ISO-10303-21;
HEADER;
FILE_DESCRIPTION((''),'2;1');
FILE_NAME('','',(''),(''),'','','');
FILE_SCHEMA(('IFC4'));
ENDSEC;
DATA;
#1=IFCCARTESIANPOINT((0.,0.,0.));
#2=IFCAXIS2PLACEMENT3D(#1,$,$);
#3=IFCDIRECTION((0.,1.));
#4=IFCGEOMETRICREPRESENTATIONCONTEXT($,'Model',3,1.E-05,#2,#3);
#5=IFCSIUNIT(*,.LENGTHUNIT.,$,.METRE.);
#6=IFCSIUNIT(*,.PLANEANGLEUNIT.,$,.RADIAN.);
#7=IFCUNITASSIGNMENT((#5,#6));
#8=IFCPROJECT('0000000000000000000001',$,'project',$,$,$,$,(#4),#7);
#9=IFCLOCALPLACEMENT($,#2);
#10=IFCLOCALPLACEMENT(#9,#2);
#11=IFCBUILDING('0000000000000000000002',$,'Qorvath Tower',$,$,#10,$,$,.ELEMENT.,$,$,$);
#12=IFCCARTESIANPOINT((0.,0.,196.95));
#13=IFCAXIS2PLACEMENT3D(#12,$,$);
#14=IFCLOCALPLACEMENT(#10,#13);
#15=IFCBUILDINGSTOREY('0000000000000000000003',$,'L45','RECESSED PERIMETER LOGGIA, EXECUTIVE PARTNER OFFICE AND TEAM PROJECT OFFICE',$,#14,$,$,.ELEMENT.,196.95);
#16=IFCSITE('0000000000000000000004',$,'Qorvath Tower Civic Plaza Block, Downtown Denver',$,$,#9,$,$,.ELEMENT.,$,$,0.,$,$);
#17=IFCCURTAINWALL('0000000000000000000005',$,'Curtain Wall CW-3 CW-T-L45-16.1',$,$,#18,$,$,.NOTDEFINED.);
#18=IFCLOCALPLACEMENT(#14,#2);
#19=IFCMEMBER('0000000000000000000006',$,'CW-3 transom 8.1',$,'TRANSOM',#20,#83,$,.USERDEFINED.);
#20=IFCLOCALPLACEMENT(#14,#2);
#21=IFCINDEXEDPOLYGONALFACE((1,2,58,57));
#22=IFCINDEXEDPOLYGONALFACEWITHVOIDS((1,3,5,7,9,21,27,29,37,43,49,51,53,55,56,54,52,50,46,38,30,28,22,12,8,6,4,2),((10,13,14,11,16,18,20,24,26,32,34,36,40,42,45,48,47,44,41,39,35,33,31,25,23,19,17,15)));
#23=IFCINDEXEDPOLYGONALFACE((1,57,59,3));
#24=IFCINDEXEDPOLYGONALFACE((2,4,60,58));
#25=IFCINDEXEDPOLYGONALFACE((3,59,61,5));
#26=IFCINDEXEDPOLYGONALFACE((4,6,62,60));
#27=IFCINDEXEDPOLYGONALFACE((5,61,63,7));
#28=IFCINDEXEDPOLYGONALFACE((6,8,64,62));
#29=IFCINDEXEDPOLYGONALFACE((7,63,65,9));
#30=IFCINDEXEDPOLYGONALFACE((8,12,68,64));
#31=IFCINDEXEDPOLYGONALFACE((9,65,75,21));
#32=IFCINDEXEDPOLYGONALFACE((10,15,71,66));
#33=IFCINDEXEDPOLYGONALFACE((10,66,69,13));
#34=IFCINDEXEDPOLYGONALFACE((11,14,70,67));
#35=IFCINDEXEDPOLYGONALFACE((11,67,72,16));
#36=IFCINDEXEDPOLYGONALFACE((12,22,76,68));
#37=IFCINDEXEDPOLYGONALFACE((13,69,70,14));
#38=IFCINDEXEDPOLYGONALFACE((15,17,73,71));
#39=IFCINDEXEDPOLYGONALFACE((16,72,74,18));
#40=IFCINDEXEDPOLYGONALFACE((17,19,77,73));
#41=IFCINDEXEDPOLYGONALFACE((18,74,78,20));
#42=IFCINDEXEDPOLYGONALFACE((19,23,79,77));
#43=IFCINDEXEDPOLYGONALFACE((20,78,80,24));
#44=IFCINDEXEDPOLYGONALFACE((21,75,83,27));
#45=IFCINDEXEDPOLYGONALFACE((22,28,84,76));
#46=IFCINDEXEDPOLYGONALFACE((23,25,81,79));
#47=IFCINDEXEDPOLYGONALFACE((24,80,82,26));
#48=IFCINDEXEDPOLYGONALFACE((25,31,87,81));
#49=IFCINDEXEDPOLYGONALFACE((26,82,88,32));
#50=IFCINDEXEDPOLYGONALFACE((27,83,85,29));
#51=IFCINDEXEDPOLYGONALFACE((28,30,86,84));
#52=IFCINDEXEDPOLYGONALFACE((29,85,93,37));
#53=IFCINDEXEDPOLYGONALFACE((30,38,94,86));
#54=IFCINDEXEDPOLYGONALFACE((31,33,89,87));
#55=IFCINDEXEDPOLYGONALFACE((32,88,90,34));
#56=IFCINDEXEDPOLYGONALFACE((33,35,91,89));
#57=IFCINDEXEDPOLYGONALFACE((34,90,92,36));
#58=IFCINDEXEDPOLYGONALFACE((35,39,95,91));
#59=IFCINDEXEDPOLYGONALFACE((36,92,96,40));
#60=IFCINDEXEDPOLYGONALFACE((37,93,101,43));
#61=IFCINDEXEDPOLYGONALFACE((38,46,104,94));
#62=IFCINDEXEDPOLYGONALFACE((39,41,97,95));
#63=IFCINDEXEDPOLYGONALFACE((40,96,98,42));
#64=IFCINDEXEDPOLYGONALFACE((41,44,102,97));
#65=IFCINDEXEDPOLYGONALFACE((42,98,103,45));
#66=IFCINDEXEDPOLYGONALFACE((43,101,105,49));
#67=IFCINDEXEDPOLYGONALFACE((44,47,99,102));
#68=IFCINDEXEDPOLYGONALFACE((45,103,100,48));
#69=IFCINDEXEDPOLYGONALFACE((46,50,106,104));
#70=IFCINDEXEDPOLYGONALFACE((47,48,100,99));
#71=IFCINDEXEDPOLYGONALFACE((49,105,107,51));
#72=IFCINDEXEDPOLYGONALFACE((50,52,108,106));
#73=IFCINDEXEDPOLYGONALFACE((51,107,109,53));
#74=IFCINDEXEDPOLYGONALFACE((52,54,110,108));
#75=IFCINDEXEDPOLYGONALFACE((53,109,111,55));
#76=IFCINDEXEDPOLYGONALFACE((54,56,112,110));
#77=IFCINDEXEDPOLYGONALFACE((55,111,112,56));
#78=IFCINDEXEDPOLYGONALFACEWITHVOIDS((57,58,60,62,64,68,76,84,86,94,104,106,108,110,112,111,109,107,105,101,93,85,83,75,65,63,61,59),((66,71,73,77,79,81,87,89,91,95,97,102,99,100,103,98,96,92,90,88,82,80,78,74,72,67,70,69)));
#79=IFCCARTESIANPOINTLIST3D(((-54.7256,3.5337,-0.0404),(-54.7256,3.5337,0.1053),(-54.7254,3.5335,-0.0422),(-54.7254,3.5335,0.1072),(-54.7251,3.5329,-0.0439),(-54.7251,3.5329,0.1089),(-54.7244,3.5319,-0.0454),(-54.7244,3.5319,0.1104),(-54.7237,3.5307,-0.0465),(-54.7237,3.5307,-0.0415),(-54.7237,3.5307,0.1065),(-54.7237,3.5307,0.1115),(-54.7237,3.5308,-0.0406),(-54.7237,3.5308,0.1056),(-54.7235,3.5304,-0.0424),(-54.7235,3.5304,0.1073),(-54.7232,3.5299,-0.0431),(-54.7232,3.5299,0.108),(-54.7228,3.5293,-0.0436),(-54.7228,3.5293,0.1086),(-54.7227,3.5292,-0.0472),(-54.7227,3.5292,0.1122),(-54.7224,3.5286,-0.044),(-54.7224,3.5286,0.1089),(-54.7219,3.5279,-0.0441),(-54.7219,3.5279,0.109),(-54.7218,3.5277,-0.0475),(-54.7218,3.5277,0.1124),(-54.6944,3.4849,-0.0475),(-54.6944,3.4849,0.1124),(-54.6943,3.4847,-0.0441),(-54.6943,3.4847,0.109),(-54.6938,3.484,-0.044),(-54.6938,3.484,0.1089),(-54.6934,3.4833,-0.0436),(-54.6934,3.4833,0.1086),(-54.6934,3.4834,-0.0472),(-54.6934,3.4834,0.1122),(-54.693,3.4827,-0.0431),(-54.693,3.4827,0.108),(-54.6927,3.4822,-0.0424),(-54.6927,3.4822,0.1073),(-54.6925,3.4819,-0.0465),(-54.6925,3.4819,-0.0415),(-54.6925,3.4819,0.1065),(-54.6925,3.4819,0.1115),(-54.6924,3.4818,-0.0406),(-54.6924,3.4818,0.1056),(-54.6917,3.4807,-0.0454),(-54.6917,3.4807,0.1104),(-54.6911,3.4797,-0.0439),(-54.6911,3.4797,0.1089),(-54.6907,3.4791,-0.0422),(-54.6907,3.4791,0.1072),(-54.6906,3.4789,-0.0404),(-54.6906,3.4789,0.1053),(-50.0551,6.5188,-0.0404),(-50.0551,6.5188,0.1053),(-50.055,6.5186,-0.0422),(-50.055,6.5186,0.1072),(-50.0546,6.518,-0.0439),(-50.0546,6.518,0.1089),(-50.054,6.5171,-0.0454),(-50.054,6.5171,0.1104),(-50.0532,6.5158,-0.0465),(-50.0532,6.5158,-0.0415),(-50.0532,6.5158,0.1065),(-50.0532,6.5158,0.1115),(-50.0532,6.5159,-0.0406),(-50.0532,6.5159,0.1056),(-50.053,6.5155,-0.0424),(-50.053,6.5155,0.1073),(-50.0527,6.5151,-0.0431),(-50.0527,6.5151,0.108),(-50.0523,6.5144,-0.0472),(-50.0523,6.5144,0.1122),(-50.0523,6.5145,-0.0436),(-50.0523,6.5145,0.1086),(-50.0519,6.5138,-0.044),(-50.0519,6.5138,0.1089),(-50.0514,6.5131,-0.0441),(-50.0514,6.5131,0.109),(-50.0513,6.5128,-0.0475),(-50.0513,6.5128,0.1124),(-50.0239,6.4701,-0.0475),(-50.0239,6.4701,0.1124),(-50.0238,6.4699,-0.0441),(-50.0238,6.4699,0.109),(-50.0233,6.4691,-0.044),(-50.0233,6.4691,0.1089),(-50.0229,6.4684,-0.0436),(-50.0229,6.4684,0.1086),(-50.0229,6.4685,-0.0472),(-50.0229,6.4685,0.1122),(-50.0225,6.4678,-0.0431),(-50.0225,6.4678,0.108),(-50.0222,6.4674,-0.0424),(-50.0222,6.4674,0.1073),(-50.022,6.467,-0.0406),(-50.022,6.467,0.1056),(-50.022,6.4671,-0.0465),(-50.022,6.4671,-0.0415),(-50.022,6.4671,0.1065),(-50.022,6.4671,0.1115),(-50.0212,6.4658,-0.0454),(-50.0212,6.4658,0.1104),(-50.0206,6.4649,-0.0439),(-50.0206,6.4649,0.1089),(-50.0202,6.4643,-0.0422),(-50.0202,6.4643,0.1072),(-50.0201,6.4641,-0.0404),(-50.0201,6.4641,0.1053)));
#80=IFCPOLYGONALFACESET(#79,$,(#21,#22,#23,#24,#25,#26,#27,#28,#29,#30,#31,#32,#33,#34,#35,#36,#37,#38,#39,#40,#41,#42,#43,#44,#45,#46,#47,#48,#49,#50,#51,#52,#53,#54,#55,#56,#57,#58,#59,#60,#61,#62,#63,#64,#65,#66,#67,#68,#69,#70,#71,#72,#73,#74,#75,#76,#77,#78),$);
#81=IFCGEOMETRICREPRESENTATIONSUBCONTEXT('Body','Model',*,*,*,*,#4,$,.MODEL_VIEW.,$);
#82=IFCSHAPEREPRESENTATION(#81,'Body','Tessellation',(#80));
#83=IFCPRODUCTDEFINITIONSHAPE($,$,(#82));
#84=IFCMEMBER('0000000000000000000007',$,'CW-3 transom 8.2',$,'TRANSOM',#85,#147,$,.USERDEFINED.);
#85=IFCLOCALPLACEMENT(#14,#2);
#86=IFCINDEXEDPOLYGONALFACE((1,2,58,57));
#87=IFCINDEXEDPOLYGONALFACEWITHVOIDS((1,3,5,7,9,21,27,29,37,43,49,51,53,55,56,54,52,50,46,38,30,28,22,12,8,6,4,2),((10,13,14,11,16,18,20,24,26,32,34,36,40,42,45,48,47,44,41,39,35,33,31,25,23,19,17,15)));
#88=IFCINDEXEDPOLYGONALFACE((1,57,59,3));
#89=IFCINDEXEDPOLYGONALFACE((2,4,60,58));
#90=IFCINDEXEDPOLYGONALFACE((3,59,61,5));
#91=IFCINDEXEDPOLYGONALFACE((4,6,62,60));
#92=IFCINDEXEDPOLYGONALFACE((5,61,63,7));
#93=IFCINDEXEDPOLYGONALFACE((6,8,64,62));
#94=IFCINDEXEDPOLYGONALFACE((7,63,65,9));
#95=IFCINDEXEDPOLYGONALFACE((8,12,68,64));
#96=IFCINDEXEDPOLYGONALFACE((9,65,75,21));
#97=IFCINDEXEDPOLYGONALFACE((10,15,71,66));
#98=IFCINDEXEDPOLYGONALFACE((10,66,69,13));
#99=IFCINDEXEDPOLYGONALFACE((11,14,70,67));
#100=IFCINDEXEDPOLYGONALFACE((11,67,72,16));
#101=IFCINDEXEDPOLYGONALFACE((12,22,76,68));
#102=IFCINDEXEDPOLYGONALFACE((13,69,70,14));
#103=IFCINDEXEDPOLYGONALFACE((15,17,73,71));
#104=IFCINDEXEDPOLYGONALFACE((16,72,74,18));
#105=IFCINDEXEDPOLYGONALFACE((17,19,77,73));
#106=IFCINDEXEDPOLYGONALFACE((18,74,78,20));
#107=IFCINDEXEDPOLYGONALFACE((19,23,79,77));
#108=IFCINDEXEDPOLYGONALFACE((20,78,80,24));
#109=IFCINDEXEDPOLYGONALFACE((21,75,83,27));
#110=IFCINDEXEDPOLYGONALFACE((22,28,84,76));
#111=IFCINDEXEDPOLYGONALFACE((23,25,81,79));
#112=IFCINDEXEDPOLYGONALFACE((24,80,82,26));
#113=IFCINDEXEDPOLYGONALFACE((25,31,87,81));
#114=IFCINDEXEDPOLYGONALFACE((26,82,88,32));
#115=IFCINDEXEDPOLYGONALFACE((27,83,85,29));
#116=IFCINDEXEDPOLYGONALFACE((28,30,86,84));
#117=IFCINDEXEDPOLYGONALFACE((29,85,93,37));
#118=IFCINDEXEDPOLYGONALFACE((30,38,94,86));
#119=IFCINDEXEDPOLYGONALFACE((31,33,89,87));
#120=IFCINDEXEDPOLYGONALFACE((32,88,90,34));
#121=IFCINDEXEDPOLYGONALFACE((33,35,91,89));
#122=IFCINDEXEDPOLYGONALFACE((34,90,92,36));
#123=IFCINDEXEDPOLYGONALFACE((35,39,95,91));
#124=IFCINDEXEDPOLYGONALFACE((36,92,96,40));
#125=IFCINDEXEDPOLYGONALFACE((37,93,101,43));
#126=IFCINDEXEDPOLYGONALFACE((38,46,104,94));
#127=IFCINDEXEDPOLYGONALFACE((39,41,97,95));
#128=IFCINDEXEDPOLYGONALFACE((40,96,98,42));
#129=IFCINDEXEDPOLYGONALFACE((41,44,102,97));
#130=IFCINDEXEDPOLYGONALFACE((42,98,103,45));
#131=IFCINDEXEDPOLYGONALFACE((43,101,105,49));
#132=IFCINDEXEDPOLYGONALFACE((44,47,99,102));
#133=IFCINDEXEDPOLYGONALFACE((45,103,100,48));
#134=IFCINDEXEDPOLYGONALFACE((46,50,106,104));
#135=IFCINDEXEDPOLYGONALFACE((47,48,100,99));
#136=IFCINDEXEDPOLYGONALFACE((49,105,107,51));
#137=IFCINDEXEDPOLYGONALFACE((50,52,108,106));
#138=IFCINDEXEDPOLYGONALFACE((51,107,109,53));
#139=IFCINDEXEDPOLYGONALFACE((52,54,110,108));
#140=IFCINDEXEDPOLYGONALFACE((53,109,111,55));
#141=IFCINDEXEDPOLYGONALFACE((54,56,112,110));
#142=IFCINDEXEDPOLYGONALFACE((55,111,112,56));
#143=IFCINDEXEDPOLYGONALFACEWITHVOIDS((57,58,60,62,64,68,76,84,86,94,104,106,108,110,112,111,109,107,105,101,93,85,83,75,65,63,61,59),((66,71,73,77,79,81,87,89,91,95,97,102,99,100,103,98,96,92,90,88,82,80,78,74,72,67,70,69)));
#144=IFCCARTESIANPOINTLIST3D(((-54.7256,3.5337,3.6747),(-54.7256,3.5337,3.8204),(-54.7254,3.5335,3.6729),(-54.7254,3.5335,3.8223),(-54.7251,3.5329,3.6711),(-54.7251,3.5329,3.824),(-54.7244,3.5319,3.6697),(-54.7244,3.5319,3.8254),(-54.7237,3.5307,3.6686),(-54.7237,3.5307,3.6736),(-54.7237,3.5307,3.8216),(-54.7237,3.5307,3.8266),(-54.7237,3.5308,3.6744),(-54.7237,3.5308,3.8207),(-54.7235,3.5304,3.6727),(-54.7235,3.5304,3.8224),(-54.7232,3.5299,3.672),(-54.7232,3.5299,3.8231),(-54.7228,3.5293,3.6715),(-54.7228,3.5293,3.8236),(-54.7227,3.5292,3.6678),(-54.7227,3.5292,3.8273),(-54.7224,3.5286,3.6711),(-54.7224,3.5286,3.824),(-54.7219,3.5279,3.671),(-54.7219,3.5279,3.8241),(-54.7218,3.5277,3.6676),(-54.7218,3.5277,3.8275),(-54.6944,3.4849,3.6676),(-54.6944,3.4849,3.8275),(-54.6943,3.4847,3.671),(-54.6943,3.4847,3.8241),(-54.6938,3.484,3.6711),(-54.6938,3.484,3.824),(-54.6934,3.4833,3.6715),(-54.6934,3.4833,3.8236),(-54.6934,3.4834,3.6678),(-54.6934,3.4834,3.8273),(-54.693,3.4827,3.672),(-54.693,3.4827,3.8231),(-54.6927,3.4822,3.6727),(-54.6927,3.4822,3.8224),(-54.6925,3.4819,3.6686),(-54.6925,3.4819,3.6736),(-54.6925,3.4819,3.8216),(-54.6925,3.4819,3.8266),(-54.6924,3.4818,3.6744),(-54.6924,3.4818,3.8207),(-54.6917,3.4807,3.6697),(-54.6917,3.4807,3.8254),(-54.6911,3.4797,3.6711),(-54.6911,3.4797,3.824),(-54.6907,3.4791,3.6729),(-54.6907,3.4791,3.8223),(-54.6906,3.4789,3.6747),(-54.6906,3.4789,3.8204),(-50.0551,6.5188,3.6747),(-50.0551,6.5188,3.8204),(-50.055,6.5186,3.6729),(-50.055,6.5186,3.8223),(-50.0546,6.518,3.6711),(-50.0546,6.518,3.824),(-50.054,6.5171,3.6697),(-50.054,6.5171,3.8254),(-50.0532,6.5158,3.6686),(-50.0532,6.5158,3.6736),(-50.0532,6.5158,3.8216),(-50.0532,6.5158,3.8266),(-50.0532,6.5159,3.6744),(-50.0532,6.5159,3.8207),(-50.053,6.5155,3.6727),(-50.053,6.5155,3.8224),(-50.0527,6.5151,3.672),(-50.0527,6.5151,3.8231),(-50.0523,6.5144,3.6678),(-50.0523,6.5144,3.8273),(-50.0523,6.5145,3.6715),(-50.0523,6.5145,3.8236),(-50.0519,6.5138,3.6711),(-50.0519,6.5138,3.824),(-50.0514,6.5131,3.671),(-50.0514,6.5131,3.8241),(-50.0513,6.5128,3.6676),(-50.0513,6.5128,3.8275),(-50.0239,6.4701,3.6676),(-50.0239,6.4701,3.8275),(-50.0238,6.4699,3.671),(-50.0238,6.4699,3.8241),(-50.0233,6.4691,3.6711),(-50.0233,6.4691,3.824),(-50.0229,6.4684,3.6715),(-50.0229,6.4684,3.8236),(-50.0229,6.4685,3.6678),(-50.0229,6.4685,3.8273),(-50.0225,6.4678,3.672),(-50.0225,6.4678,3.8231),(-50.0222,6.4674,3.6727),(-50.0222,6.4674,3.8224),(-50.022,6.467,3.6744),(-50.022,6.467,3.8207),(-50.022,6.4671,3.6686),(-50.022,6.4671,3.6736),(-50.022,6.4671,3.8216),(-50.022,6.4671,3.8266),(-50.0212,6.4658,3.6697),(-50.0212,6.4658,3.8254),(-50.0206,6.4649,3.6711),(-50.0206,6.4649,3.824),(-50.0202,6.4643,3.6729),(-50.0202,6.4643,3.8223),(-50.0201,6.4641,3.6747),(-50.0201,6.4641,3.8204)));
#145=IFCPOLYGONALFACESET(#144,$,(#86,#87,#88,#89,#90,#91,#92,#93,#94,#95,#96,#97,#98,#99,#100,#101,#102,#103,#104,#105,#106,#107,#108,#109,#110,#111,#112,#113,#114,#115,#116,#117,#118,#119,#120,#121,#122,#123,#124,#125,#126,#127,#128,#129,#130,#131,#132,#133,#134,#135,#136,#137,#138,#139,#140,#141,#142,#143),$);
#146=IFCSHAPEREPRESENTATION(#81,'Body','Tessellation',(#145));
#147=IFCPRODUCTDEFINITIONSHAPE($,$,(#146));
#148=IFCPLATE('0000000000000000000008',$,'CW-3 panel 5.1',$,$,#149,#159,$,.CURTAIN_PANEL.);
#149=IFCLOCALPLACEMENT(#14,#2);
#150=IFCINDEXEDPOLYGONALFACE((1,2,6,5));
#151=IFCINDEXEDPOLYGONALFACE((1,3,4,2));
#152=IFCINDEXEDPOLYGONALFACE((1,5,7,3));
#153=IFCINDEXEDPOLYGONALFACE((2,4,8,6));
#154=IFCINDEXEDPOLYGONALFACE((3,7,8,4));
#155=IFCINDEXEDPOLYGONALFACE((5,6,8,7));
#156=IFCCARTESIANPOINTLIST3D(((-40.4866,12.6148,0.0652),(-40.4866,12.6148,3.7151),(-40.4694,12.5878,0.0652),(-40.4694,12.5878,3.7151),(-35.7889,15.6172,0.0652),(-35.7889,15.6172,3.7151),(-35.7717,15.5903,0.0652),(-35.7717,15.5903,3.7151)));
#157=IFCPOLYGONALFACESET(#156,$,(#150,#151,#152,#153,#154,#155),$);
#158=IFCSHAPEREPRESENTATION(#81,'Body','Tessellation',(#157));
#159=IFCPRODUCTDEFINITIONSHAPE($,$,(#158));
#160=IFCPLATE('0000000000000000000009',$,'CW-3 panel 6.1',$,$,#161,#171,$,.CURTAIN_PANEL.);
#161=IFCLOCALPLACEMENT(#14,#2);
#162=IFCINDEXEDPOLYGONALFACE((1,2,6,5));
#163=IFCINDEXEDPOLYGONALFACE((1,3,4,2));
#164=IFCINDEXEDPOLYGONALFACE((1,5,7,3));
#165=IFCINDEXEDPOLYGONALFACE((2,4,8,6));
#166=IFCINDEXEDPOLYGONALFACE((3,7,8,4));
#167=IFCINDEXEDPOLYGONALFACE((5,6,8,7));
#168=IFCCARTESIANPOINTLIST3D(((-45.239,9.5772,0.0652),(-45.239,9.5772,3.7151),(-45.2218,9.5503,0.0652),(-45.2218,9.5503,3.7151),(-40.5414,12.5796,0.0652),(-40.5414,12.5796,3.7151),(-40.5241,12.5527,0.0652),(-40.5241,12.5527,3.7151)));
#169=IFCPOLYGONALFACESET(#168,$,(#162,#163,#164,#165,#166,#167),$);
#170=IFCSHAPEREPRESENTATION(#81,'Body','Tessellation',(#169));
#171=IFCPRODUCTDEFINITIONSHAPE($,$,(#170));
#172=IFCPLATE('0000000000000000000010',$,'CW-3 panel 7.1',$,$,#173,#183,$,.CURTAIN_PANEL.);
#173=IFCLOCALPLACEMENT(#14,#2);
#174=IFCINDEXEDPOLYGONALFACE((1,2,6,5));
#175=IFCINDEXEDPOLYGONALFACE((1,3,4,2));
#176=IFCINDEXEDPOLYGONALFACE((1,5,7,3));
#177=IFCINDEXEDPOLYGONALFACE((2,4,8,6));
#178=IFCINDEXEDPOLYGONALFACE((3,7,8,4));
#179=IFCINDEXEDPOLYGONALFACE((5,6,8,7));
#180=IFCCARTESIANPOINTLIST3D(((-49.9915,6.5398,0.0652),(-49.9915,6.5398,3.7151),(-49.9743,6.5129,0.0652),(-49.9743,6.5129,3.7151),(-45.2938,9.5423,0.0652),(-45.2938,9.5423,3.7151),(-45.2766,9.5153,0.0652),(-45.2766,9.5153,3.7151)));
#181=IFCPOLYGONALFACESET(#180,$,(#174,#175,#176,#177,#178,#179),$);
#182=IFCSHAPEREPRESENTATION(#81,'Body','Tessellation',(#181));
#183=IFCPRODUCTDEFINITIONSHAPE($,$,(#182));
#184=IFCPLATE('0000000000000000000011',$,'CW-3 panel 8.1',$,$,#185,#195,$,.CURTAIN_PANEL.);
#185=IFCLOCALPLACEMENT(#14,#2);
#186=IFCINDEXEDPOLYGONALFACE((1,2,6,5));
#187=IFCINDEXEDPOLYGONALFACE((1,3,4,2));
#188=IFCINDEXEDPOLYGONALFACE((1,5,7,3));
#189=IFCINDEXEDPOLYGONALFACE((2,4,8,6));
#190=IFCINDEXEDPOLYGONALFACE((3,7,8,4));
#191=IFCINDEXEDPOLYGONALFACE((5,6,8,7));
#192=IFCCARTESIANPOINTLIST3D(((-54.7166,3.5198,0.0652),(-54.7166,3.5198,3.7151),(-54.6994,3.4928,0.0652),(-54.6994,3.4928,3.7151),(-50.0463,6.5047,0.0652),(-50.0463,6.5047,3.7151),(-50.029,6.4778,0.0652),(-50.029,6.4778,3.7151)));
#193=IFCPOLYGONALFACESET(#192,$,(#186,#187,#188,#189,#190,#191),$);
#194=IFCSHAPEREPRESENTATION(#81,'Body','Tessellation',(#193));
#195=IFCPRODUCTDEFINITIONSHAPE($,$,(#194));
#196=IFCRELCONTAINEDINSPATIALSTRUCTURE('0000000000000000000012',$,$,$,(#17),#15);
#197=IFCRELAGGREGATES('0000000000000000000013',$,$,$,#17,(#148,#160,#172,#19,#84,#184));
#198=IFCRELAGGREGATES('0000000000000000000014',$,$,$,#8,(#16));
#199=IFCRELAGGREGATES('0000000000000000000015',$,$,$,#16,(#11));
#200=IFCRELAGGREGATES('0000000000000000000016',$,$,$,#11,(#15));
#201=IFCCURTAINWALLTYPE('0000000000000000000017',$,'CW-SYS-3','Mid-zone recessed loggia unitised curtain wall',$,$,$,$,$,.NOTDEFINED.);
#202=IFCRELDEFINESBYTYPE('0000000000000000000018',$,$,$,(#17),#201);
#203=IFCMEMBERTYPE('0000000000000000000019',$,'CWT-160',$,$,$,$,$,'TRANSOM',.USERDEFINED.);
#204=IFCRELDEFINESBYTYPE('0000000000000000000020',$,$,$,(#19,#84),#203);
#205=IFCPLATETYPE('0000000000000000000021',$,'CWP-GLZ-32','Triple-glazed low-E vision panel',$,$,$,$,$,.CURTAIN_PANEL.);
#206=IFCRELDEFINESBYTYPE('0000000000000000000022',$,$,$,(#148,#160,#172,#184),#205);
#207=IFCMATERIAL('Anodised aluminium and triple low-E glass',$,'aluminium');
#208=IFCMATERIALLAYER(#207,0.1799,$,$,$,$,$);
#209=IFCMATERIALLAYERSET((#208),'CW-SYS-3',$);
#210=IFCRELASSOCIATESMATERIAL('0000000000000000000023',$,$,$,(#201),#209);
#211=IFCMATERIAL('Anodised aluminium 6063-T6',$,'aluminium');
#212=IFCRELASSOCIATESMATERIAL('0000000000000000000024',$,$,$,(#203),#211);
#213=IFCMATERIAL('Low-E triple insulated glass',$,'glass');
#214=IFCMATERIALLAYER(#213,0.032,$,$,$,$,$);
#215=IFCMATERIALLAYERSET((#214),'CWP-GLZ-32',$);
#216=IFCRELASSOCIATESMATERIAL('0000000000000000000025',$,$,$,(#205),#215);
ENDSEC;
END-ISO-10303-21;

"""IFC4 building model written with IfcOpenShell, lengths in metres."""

from ifc_helpers import new_model, si_unit, direction, frame, origin, origin_2d, place, context, subcontext, project, spatial, rectangle, hollow_rectangle, extrude, material, layer, layer_set, material_profile, profile_set, type_object, element, aggregate, save


model = new_model("IFC4")

# Units and contexts
model_context = context("Model", 3, precision=1e-05, world=origin(), true_north=direction((0.0, 1.0)))
body_context = subcontext(model_context, "Body", "Model", "MODEL_VIEW")
ifc_project = project(units=[si_unit("LENGTHUNIT", "METRE"), si_unit("PLANEANGLEUNIT", "RADIAN")], contexts=[model_context])

# Site, building, storey
site_placement = place(None, origin())
site = spatial("IfcSite", under=ifc_project, at=site_placement, Name="Qorvath Tower Civic Plaza Block, Downtown Denver", CompositionType="ELEMENT", RefElevation=0.0)
building_placement = place(site_placement, origin())
building = spatial("IfcBuilding", under=site, at=building_placement, Name="Qorvath Tower", CompositionType="ELEMENT")
storey_placement = place(building_placement, frame((0.0, 0.0, 196.95)))
storey = spatial("IfcBuildingStorey", under=building, at=storey_placement, Name="L45", Description="RECESSED PERIMETER LOGGIA, EXECUTIVE PARTNER OFFICE AND TEAM PROJECT OFFICE", CompositionType="ELEMENT", Elevation=196.95)

# Curtain wall, members, plates
ifc_material_1 = material(Name="Anodised aluminium and triple low-E glass", Category="aluminium")
ifc_layer_1 = layer(ifc_material_1, 0.1799)
ifc_layer_set_1 = layer_set([ifc_layer_1], Name="CW-SYS-3")
curtain_wall_type = type_object("IfcCurtainWallType", Name="CW-SYS-3", Description="Mid-zone recessed loggia unitised curtain wall", PredefinedType="NOTDEFINED", material=ifc_layer_set_1)
curtain_wall_placement = place(storey_placement, origin())
curtain_wall = element("IfcCurtainWall", 1, at=curtain_wall_placement, inside=storey, type_object=curtain_wall_type, Name="Curtain Wall CW-3 CW-T-L45-16.1", PredefinedType="NOTDEFINED")
ifc_material_2 = material(Name="Anodised aluminium 6063-T6", Category="aluminium")
ifc_material_profile_1 = material_profile(ifc_material_2, hollow_rectangle(XDim=0.0649, YDim=0.1599, WallThickness=0.0034, InnerFilletRadius=0.0034, OuterFilletRadius=0.0071, at=origin_2d()), Name="CWT 160x65")
ifc_profile_set_1 = profile_set([ifc_material_profile_1], Name="Anodised aluminium 6063-T6")
member_type_1 = type_object("IfcMemberType", Name="CWT-160", ElementType="TRANSOM", PredefinedType="USERDEFINED", material=ifc_profile_set_1)
member_1_placement = place(storey_placement, frame((-50.0376, 6.4915, 0.0325), z_axis=(-0.842595, -0.538547, 0.0), x_axis=(0.538547, -0.842595, 0.0)))
member_1 = element("IfcMember", 2, at=member_1_placement, type_object=member_type_1, Name="CW-3 transom 8.1", ObjectType="TRANSOM", PredefinedType="USERDEFINED", context=body_context, shape_type="SweptSolid", body=[
    extrude(hollow_rectangle(XDim=0.0649, YDim=0.1599, WallThickness=0.0034, InnerFilletRadius=0.0034, OuterFilletRadius=0.0071, at=origin_2d()), origin(), (0.0, 0.0, 1.0), 5.543),
])
member_2_placement = place(storey_placement, frame((-50.0376, 6.4915, 3.7476), z_axis=(-0.842595, -0.538547, 0.0), x_axis=(0.538547, -0.842595, 0.0)))
member_2 = element("IfcMember", 3, at=member_2_placement, type_object=member_type_1, Name="CW-3 transom 8.2", ObjectType="TRANSOM", PredefinedType="USERDEFINED", context=body_context, shape_type="SweptSolid", body=[
    extrude(hollow_rectangle(XDim=0.0649, YDim=0.1599, WallThickness=0.0034, InnerFilletRadius=0.0034, OuterFilletRadius=0.0071, at=origin_2d()), origin(), (0.0, 0.0, 1.0), 5.543),
])
ifc_material_3 = material(Name="Low-E triple insulated glass", Category="glass")
ifc_layer_2 = layer(ifc_material_3, 0.032)
ifc_layer_set_2 = layer_set([ifc_layer_2], Name="CWP-GLZ-32")
plate_type = type_object("IfcPlateType", Name="CWP-GLZ-32", Description="Triple-glazed low-E vision panel", PredefinedType="CURTAIN_PANEL", material=ifc_layer_set_2)
plate_1_placement = place(storey_placement, frame((-38.1292, 14.1025, 0.0652), z_axis=(0.0, 0.0, 1.0), x_axis=(-0.842604, -0.538534, 0.0)))
plate_1 = element("IfcPlate", 4, at=plate_1_placement, type_object=plate_type, Name="CW-3 panel 5.1", PredefinedType="CURTAIN_PANEL", context=body_context, shape_type="SweptSolid", body=[
    extrude(rectangle(XDim=5.5752, YDim=0.032, at=origin_2d()), origin(), (0.0, 0.0, 1.0), 3.6499),
])
plate_2_placement = place(storey_placement, frame((-42.8816, 11.0649, 0.0652), z_axis=(0.0, 0.0, 1.0), x_axis=(-0.842604, -0.538534, 0.0)))
plate_2 = element("IfcPlate", 5, at=plate_2_placement, type_object=plate_type, Name="CW-3 panel 6.1", PredefinedType="CURTAIN_PANEL", context=body_context, shape_type="SweptSolid", body=[
    extrude(rectangle(XDim=5.5752, YDim=0.032, at=origin_2d()), origin(), (0.0, 0.0, 1.0), 3.6499),
])
plate_3_placement = place(storey_placement, frame((-47.634, 8.0276, 0.0652), z_axis=(0.0, 0.0, 1.0), x_axis=(-0.842604, -0.538534, 0.0)))
plate_3 = element("IfcPlate", 6, at=plate_3_placement, type_object=plate_type, Name="CW-3 panel 7.1", PredefinedType="CURTAIN_PANEL", context=body_context, shape_type="SweptSolid", body=[
    extrude(rectangle(XDim=5.5752, YDim=0.032, at=origin_2d()), origin(), (0.0, 0.0, 1.0), 3.6499),
])
plate_4_placement = place(storey_placement, frame((-52.3728, 4.9988, 0.0652), z_axis=(0.0, 0.0, 1.0), x_axis=(-0.842604, -0.538534, 0.0)))
plate_4 = element("IfcPlate", 7, at=plate_4_placement, type_object=plate_type, Name="CW-3 panel 8.1", PredefinedType="CURTAIN_PANEL", context=body_context, shape_type="SweptSolid", body=[
    extrude(rectangle(XDim=5.5427, YDim=0.032, at=origin_2d()), origin(), (0.0, 0.0, 1.0), 3.6499),
])
aggregate(curtain_wall, [plate_1, plate_2, plate_3, member_1, member_2, plate_4])

save(model, "model.ifc")
